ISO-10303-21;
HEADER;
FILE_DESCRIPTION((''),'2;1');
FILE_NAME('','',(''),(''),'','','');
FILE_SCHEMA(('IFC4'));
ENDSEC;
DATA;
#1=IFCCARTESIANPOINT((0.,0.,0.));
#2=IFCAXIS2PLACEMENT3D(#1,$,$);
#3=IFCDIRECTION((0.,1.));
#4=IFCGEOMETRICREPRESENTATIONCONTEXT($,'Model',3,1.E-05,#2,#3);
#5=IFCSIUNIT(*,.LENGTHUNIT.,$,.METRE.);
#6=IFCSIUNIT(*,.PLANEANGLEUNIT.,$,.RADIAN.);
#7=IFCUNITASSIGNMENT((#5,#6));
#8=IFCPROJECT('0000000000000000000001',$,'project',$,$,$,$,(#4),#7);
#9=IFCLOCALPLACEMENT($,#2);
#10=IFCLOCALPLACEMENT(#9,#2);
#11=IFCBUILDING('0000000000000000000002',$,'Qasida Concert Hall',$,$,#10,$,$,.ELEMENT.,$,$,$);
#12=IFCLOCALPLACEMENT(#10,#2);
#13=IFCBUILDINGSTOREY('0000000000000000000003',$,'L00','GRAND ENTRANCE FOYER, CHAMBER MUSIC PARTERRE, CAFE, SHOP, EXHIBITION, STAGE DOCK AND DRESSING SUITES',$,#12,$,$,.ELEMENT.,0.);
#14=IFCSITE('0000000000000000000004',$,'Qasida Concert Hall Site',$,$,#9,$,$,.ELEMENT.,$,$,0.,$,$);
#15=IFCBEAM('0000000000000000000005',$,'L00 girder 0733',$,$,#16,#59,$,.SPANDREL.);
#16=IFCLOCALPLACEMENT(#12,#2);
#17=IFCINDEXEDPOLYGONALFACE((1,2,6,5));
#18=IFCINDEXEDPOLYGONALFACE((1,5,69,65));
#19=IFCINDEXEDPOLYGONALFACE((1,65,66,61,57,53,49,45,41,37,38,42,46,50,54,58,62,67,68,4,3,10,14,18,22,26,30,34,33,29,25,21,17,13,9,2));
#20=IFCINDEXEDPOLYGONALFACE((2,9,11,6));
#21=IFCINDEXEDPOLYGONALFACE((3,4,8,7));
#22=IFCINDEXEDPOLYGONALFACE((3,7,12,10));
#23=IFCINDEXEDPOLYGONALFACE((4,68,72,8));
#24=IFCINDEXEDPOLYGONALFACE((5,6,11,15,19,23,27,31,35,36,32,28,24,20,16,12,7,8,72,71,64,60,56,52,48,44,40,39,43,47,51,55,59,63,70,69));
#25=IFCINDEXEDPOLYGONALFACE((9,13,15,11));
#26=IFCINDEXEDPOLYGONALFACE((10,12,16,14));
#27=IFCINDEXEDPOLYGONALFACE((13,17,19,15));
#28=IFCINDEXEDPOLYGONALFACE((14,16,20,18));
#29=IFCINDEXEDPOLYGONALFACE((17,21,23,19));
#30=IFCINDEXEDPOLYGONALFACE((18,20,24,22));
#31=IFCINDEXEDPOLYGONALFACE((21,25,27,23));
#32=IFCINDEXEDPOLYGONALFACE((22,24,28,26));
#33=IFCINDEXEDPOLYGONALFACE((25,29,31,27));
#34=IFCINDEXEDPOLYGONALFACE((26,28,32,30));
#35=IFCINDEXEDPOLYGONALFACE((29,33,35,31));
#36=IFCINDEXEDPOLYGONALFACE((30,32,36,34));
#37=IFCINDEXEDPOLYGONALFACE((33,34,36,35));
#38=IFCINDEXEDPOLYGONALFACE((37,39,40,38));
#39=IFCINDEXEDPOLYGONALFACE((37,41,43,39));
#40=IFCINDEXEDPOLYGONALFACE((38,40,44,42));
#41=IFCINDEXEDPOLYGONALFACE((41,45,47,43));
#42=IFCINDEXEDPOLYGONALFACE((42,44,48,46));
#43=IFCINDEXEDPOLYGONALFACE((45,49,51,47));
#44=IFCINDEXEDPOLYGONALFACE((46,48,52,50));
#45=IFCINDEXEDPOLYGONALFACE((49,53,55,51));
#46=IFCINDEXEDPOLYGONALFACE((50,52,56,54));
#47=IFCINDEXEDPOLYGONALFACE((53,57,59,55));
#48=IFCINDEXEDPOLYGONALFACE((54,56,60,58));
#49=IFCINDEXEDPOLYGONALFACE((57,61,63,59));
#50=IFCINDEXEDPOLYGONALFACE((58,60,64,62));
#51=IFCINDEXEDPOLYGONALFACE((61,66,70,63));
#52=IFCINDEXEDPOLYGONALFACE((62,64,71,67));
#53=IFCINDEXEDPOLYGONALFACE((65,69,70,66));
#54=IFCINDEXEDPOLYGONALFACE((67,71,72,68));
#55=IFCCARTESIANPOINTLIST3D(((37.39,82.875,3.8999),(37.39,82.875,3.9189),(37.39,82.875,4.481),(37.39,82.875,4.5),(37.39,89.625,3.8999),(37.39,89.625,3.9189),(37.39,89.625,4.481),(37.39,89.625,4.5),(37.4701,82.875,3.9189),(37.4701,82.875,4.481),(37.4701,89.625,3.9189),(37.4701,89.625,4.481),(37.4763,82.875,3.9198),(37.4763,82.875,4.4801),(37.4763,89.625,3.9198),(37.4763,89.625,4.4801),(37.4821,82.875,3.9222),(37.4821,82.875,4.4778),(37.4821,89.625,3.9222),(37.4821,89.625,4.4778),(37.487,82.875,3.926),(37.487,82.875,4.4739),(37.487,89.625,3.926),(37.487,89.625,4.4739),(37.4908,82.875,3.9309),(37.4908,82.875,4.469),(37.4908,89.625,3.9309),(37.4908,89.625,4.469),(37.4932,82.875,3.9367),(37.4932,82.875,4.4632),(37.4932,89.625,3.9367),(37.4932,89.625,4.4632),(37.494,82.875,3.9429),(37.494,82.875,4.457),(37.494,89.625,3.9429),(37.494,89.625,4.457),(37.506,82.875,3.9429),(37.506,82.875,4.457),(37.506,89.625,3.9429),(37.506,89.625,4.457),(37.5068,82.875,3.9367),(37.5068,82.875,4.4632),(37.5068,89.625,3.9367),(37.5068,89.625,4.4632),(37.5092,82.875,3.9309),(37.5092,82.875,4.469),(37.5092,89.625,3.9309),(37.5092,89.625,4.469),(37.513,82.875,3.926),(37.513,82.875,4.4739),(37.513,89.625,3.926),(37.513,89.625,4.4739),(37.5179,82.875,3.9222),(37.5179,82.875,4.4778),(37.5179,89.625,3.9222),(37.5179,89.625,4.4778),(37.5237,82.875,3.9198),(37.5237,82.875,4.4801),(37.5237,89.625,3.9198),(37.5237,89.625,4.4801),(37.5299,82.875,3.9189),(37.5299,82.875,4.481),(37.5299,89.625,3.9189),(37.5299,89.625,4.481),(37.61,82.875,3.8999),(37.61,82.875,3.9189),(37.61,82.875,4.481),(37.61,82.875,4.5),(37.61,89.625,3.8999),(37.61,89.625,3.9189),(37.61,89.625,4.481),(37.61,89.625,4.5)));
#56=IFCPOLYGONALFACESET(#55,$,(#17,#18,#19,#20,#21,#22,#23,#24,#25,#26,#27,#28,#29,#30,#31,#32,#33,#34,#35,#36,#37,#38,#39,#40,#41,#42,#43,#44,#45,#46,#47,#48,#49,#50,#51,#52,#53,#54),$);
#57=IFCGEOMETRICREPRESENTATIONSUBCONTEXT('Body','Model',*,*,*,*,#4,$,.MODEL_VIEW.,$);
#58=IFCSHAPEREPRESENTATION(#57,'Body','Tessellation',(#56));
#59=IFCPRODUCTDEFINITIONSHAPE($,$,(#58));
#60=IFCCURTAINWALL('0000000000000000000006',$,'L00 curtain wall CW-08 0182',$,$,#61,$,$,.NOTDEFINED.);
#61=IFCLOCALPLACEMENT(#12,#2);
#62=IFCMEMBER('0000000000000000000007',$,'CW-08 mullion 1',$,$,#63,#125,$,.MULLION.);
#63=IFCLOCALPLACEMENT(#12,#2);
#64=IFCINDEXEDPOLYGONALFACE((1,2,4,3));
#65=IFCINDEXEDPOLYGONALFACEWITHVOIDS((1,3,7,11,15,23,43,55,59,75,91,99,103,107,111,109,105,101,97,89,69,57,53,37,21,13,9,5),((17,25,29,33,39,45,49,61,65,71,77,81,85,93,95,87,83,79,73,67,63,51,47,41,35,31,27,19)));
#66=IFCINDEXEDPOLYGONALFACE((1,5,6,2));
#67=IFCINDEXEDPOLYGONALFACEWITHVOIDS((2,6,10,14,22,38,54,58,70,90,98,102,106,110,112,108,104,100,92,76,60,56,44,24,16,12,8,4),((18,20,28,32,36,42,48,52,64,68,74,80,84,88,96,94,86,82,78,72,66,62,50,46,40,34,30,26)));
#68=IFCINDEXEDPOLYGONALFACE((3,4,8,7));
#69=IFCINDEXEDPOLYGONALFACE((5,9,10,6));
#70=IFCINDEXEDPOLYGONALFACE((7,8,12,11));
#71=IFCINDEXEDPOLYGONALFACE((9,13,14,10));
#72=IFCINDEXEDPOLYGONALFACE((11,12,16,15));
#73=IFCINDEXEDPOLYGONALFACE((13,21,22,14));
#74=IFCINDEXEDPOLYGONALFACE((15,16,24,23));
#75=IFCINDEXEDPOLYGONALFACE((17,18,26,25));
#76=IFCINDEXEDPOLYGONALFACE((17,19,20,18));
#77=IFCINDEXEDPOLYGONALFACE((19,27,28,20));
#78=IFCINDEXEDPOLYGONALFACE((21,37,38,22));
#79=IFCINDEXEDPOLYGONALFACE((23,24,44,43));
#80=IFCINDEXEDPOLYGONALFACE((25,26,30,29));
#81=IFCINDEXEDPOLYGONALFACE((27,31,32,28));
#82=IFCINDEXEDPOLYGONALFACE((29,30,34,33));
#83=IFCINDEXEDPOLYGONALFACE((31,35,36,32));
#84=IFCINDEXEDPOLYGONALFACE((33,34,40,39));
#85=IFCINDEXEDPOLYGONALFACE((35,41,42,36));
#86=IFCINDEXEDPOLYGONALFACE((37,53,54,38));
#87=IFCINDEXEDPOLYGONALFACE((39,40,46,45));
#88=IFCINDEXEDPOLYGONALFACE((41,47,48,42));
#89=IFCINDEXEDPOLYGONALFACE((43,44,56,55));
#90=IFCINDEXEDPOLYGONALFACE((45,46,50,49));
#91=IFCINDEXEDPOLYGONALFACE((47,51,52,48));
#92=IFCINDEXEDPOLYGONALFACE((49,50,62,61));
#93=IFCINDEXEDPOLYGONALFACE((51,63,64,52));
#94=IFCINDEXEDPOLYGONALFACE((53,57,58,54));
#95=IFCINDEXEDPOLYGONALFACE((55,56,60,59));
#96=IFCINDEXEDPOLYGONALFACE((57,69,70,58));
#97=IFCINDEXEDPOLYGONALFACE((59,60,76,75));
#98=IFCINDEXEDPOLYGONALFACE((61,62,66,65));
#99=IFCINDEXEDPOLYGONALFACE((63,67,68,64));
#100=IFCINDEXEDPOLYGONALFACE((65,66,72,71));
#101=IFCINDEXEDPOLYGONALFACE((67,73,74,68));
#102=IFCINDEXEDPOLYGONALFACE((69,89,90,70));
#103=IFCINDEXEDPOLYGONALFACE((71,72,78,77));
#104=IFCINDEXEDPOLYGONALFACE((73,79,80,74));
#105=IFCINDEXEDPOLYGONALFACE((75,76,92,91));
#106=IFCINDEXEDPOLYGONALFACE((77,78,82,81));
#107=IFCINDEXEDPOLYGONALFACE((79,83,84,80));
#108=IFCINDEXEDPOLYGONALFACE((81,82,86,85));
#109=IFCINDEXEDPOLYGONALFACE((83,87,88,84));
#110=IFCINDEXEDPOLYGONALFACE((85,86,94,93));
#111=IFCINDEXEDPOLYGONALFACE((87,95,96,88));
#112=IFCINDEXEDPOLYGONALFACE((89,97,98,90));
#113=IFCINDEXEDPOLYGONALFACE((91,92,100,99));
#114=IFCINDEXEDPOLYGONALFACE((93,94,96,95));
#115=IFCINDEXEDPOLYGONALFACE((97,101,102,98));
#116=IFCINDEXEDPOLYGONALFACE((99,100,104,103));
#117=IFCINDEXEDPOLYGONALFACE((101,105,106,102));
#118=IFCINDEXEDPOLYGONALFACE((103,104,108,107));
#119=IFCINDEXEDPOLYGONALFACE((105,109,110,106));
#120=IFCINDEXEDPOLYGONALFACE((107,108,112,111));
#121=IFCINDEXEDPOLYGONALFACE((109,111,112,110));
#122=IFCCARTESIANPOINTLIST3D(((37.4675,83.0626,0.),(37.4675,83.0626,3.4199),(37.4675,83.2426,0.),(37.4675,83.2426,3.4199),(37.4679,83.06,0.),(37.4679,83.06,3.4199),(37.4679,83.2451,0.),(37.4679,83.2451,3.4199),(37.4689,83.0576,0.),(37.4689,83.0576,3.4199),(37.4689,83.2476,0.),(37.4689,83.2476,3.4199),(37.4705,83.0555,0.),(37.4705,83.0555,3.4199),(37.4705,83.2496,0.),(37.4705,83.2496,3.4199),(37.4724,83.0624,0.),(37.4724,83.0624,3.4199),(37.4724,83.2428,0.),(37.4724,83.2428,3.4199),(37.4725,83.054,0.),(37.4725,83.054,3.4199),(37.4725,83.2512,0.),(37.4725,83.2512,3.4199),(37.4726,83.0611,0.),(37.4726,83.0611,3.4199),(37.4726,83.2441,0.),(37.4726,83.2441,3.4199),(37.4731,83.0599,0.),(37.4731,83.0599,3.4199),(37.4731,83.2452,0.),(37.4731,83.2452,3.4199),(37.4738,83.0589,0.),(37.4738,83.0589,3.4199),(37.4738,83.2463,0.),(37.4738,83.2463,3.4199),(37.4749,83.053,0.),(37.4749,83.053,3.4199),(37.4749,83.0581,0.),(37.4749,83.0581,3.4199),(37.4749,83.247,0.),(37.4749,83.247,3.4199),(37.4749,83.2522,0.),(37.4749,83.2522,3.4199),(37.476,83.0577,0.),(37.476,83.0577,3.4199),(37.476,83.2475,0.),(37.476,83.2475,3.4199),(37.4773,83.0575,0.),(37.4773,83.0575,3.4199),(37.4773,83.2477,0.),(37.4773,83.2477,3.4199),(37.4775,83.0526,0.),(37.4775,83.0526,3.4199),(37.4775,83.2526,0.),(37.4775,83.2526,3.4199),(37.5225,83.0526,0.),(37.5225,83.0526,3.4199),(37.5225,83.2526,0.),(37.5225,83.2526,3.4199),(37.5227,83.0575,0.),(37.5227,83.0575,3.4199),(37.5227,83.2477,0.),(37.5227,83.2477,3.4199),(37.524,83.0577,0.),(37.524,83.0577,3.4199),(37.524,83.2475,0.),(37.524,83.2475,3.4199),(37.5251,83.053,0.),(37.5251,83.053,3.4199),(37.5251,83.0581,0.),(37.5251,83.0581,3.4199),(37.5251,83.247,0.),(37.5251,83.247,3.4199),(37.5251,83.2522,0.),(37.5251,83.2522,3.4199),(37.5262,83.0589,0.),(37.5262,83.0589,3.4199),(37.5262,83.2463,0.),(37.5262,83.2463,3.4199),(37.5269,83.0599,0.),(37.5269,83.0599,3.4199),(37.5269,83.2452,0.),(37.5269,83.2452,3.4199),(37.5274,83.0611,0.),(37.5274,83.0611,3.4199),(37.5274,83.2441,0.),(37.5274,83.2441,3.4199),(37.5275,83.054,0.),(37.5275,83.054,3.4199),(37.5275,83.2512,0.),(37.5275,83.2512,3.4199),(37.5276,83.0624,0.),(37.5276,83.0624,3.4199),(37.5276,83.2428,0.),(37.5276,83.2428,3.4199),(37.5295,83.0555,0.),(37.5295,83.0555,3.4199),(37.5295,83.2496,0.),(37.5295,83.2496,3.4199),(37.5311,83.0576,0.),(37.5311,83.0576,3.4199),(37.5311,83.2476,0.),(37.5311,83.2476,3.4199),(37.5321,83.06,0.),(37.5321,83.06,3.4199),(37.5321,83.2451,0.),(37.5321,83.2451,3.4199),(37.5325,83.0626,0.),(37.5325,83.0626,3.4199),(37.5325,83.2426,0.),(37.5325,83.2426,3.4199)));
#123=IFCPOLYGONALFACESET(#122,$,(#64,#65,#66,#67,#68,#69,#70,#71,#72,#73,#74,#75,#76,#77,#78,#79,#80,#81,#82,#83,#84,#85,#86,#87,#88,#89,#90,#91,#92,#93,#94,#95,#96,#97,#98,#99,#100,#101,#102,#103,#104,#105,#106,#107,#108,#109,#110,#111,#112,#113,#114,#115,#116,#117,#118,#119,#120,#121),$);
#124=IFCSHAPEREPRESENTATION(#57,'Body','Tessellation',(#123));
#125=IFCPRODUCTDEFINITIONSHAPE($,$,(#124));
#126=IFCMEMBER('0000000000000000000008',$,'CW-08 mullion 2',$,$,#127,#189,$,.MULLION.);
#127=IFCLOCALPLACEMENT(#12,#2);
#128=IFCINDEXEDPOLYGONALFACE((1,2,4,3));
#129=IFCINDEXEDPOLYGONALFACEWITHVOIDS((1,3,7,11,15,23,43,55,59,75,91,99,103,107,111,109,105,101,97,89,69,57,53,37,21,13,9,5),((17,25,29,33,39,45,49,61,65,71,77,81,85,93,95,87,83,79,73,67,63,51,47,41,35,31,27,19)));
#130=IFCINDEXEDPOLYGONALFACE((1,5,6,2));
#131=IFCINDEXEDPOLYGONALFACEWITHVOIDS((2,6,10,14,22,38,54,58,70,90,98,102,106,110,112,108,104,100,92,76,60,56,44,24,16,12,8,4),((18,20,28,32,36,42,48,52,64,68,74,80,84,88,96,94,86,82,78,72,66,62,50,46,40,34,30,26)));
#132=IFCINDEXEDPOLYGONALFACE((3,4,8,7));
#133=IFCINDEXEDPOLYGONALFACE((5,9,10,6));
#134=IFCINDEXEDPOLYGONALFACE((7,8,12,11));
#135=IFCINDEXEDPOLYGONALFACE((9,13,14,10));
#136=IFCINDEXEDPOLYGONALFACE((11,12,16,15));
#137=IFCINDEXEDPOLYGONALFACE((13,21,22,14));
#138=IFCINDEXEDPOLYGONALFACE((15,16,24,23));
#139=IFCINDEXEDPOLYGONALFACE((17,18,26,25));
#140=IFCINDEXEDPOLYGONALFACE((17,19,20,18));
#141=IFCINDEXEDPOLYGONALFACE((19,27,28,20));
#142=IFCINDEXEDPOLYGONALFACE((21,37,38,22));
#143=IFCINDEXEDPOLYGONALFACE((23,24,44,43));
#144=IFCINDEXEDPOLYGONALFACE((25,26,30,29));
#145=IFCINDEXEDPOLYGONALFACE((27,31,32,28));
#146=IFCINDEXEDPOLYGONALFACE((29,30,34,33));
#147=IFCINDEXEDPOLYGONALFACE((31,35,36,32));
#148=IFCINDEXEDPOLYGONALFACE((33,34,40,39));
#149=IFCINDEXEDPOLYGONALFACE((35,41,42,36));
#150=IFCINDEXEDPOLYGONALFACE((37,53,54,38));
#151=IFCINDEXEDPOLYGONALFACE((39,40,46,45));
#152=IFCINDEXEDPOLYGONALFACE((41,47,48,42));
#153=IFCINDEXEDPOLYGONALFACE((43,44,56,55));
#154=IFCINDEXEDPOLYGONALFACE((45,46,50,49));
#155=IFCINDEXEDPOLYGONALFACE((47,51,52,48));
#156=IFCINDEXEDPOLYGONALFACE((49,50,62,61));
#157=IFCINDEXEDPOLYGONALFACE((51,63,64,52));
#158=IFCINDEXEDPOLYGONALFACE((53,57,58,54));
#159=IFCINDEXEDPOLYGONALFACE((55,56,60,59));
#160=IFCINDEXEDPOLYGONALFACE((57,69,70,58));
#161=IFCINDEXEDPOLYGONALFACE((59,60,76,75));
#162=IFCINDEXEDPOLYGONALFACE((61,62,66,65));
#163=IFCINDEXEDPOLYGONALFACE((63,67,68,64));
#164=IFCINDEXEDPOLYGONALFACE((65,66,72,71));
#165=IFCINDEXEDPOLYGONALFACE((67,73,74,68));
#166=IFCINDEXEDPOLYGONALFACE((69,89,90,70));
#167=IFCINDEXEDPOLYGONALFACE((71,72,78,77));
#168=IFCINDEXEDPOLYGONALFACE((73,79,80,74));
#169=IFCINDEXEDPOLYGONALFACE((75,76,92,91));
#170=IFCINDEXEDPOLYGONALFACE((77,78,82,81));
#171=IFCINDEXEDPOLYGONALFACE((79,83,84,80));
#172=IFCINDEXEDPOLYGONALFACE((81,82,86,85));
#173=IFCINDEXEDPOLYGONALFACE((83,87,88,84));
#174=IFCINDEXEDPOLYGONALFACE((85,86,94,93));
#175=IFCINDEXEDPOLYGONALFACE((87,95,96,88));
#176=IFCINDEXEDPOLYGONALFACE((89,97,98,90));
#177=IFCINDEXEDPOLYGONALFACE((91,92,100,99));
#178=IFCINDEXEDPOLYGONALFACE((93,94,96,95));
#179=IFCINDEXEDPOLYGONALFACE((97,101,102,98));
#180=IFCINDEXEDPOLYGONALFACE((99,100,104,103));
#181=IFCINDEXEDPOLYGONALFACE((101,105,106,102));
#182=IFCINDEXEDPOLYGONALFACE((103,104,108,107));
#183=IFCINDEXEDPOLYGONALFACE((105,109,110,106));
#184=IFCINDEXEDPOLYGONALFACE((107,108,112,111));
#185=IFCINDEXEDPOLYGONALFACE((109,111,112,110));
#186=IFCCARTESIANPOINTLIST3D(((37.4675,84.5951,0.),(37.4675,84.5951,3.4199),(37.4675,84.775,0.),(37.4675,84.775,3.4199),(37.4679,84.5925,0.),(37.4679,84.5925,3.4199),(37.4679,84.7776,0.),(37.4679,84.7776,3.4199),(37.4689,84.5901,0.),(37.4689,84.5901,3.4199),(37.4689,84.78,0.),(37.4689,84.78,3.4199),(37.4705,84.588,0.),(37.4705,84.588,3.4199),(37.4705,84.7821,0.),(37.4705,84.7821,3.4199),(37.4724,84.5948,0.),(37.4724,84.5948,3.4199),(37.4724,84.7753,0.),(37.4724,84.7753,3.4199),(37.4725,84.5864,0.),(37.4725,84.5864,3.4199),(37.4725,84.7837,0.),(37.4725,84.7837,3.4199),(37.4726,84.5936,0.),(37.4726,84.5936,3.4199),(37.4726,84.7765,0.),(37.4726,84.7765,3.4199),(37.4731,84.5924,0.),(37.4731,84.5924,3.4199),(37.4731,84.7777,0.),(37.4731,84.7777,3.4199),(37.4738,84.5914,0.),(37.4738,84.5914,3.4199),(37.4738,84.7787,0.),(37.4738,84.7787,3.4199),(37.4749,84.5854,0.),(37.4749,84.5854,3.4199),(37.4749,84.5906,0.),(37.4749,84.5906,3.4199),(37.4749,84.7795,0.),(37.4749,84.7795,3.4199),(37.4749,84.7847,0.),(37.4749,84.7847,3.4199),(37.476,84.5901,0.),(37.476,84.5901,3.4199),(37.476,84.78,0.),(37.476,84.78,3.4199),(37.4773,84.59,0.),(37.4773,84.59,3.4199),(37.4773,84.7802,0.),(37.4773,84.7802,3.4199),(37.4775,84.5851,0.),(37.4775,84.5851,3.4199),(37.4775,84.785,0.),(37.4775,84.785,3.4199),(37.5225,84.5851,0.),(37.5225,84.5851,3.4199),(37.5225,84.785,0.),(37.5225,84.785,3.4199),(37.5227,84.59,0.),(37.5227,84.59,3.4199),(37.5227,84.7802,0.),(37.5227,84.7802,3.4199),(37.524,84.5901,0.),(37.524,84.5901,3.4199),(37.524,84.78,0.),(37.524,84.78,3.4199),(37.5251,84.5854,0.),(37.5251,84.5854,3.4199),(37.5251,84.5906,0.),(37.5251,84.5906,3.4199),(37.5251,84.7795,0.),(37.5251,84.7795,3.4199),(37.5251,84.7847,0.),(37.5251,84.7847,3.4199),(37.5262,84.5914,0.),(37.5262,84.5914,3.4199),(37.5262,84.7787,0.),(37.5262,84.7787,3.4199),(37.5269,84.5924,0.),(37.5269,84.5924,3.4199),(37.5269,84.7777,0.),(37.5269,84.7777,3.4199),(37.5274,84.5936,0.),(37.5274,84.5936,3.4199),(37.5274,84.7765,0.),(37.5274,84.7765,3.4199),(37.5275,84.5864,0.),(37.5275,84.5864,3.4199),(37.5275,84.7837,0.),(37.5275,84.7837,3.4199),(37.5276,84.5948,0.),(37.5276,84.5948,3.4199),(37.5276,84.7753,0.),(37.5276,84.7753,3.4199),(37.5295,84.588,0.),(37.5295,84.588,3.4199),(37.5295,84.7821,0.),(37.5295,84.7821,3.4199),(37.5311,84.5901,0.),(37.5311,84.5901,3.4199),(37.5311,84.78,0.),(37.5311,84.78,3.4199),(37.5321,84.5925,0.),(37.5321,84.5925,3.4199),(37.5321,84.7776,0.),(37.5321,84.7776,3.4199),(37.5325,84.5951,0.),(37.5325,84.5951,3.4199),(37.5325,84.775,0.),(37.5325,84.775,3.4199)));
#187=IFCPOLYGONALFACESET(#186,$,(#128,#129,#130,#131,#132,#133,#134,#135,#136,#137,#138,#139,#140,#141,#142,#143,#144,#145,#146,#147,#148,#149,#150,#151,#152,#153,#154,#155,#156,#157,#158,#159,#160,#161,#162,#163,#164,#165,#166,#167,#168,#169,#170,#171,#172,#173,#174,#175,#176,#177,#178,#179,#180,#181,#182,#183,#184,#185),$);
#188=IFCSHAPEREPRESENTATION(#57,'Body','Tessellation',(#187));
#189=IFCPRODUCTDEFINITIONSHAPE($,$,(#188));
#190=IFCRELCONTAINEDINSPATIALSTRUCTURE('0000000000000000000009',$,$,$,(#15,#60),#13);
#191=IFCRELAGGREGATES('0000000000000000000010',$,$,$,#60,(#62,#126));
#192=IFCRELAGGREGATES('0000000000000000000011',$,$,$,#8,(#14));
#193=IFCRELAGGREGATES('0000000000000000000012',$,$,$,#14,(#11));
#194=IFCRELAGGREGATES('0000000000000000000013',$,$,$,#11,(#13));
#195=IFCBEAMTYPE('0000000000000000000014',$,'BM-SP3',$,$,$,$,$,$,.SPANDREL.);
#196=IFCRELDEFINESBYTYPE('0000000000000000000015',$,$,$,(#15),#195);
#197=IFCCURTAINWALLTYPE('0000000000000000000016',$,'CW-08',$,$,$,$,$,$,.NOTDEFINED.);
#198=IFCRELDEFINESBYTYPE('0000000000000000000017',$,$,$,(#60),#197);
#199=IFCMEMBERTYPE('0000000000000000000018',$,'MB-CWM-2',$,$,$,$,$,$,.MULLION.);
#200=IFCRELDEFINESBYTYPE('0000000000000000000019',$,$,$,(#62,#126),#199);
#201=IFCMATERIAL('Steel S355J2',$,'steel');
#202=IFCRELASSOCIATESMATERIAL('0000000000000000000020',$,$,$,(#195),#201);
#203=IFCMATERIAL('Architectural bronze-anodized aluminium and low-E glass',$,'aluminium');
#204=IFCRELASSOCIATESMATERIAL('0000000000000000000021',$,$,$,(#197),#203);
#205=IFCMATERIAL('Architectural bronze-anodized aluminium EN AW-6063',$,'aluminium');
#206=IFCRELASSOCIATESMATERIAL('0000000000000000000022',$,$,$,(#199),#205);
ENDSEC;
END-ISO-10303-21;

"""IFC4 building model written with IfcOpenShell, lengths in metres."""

from ifc_helpers import new_model, si_unit, direction, frame, origin, origin_2d, place, context, subcontext, project, spatial, hollow_rectangle, i_section, extrude, material, material_profile, profile_set, type_object, element, aggregate, save


model = new_model("IFC4")

# Units and contexts
model_context = context("Model", 3, precision=1e-05, world=origin(), true_north=direction((0.0, 1.0)))
body_context = subcontext(model_context, "Body", "Model", "MODEL_VIEW")
ifc_project = project(units=[si_unit("LENGTHUNIT", "METRE"), si_unit("PLANEANGLEUNIT", "RADIAN")], contexts=[model_context])

# Site, building, storey
site_placement = place(None, origin())
site = spatial("IfcSite", under=ifc_project, at=site_placement, Name="Qasida Concert Hall Site", CompositionType="ELEMENT", RefElevation=0.0)
building_placement = place(site_placement, origin())
building = spatial("IfcBuilding", under=site, at=building_placement, Name="Qasida Concert Hall", CompositionType="ELEMENT")
storey_placement = place(building_placement, origin())
storey = spatial("IfcBuildingStorey", under=building, at=storey_placement, Name="L00", Description="GRAND ENTRANCE FOYER, CHAMBER MUSIC PARTERRE, CAFE, SHOP, EXHIBITION, STAGE DOCK AND DRESSING SUITES", CompositionType="ELEMENT", Elevation=0.0)

# Beam
ifc_material_1 = material(Name="Steel S355J2", Category="steel")
ifc_material_profile_1 = material_profile(ifc_material_1, i_section(OverallWidth=0.22, OverallDepth=0.6001, WebThickness=0.012, FlangeThickness=0.019, FilletRadius=0.0239, at=origin_2d()), Name="IPE 600")
ifc_profile_set_1 = profile_set([ifc_material_profile_1], Name="Steel S355J2")
beam_type_1 = type_object("IfcBeamType", Name="BM-SP3", PredefinedType="SPANDREL", material=ifc_profile_set_1)
beam_1_placement = place(storey_placement, frame((37.5, 82.875, 4.2), z_axis=(0.0, 1.0, 0.0), x_axis=(-1.0, 0.0, 0.0)))
element("IfcBeam", 1, at=beam_1_placement, inside=storey, type_object=beam_type_1, Name="L00 girder 0733", PredefinedType="SPANDREL", context=body_context, shape_type="SweptSolid", body=[
    extrude(i_section(OverallWidth=0.22, OverallDepth=0.6001, WebThickness=0.012, FlangeThickness=0.019, FilletRadius=0.0239, at=origin_2d()), origin(), (0.0, 0.0, 1.0), 6.75),
])

# Curtain wall, members
ifc_material_2 = material(Name="Architectural bronze-anodized aluminium and low-E glass", Category="aluminium")
curtain_wall_type = type_object("IfcCurtainWallType", Name="CW-08", PredefinedType="NOTDEFINED", material=ifc_material_2)
curtain_wall_placement = place(storey_placement, origin())
curtain_wall = element("IfcCurtainWall", 2, at=curtain_wall_placement, inside=storey, type_object=curtain_wall_type, Name="L00 curtain wall CW-08 0182", PredefinedType="NOTDEFINED")
ifc_material_3 = material(Name="Architectural bronze-anodized aluminium EN AW-6063", Category="aluminium")
ifc_material_profile_2 = material_profile(ifc_material_3, hollow_rectangle(XDim=0.0649, YDim=0.2, WallThickness=0.0049, InnerFilletRadius=0.0049, OuterFilletRadius=0.01, at=origin_2d()), Name="CWM 200x65x5")
ifc_profile_set_2 = profile_set([ifc_material_profile_2], Name="Architectural bronze-anodized aluminium EN AW-6063")
member_type_1 = type_object("IfcMemberType", Name="MB-CWM-2", PredefinedType="MULLION", material=ifc_profile_set_2)
member_1_placement = place(storey_placement, frame((37.5, 83.1526, 0.0), z_axis=(0.0, 0.0, 1.0), x_axis=(-1.0, 0.0, 0.0)))
member_1 = element("IfcMember", 3, at=member_1_placement, type_object=member_type_1, Name="CW-08 mullion 1", PredefinedType="MULLION", context=body_context, shape_type="SweptSolid", body=[
    extrude(hollow_rectangle(XDim=0.0649, YDim=0.2, WallThickness=0.0049, InnerFilletRadius=0.0049, OuterFilletRadius=0.01, at=origin_2d()), origin(), (0.0, 0.0, 1.0), 3.4199),
])
member_2_placement = place(storey_placement, frame((37.5, 84.6851, 0.0), z_axis=(0.0, 0.0, 1.0), x_axis=(-1.0, 0.0, 0.0)))
member_2 = element("IfcMember", 4, at=member_2_placement, type_object=member_type_1, Name="CW-08 mullion 2", PredefinedType="MULLION", context=body_context, shape_type="SweptSolid", body=[
    extrude(hollow_rectangle(XDim=0.0649, YDim=0.2, WallThickness=0.0049, InnerFilletRadius=0.0049, OuterFilletRadius=0.01, at=origin_2d()), origin(), (0.0, 0.0, 1.0), 3.4199),
])
aggregate(curtain_wall, [member_1, member_2])

save(model, "model.ifc")
